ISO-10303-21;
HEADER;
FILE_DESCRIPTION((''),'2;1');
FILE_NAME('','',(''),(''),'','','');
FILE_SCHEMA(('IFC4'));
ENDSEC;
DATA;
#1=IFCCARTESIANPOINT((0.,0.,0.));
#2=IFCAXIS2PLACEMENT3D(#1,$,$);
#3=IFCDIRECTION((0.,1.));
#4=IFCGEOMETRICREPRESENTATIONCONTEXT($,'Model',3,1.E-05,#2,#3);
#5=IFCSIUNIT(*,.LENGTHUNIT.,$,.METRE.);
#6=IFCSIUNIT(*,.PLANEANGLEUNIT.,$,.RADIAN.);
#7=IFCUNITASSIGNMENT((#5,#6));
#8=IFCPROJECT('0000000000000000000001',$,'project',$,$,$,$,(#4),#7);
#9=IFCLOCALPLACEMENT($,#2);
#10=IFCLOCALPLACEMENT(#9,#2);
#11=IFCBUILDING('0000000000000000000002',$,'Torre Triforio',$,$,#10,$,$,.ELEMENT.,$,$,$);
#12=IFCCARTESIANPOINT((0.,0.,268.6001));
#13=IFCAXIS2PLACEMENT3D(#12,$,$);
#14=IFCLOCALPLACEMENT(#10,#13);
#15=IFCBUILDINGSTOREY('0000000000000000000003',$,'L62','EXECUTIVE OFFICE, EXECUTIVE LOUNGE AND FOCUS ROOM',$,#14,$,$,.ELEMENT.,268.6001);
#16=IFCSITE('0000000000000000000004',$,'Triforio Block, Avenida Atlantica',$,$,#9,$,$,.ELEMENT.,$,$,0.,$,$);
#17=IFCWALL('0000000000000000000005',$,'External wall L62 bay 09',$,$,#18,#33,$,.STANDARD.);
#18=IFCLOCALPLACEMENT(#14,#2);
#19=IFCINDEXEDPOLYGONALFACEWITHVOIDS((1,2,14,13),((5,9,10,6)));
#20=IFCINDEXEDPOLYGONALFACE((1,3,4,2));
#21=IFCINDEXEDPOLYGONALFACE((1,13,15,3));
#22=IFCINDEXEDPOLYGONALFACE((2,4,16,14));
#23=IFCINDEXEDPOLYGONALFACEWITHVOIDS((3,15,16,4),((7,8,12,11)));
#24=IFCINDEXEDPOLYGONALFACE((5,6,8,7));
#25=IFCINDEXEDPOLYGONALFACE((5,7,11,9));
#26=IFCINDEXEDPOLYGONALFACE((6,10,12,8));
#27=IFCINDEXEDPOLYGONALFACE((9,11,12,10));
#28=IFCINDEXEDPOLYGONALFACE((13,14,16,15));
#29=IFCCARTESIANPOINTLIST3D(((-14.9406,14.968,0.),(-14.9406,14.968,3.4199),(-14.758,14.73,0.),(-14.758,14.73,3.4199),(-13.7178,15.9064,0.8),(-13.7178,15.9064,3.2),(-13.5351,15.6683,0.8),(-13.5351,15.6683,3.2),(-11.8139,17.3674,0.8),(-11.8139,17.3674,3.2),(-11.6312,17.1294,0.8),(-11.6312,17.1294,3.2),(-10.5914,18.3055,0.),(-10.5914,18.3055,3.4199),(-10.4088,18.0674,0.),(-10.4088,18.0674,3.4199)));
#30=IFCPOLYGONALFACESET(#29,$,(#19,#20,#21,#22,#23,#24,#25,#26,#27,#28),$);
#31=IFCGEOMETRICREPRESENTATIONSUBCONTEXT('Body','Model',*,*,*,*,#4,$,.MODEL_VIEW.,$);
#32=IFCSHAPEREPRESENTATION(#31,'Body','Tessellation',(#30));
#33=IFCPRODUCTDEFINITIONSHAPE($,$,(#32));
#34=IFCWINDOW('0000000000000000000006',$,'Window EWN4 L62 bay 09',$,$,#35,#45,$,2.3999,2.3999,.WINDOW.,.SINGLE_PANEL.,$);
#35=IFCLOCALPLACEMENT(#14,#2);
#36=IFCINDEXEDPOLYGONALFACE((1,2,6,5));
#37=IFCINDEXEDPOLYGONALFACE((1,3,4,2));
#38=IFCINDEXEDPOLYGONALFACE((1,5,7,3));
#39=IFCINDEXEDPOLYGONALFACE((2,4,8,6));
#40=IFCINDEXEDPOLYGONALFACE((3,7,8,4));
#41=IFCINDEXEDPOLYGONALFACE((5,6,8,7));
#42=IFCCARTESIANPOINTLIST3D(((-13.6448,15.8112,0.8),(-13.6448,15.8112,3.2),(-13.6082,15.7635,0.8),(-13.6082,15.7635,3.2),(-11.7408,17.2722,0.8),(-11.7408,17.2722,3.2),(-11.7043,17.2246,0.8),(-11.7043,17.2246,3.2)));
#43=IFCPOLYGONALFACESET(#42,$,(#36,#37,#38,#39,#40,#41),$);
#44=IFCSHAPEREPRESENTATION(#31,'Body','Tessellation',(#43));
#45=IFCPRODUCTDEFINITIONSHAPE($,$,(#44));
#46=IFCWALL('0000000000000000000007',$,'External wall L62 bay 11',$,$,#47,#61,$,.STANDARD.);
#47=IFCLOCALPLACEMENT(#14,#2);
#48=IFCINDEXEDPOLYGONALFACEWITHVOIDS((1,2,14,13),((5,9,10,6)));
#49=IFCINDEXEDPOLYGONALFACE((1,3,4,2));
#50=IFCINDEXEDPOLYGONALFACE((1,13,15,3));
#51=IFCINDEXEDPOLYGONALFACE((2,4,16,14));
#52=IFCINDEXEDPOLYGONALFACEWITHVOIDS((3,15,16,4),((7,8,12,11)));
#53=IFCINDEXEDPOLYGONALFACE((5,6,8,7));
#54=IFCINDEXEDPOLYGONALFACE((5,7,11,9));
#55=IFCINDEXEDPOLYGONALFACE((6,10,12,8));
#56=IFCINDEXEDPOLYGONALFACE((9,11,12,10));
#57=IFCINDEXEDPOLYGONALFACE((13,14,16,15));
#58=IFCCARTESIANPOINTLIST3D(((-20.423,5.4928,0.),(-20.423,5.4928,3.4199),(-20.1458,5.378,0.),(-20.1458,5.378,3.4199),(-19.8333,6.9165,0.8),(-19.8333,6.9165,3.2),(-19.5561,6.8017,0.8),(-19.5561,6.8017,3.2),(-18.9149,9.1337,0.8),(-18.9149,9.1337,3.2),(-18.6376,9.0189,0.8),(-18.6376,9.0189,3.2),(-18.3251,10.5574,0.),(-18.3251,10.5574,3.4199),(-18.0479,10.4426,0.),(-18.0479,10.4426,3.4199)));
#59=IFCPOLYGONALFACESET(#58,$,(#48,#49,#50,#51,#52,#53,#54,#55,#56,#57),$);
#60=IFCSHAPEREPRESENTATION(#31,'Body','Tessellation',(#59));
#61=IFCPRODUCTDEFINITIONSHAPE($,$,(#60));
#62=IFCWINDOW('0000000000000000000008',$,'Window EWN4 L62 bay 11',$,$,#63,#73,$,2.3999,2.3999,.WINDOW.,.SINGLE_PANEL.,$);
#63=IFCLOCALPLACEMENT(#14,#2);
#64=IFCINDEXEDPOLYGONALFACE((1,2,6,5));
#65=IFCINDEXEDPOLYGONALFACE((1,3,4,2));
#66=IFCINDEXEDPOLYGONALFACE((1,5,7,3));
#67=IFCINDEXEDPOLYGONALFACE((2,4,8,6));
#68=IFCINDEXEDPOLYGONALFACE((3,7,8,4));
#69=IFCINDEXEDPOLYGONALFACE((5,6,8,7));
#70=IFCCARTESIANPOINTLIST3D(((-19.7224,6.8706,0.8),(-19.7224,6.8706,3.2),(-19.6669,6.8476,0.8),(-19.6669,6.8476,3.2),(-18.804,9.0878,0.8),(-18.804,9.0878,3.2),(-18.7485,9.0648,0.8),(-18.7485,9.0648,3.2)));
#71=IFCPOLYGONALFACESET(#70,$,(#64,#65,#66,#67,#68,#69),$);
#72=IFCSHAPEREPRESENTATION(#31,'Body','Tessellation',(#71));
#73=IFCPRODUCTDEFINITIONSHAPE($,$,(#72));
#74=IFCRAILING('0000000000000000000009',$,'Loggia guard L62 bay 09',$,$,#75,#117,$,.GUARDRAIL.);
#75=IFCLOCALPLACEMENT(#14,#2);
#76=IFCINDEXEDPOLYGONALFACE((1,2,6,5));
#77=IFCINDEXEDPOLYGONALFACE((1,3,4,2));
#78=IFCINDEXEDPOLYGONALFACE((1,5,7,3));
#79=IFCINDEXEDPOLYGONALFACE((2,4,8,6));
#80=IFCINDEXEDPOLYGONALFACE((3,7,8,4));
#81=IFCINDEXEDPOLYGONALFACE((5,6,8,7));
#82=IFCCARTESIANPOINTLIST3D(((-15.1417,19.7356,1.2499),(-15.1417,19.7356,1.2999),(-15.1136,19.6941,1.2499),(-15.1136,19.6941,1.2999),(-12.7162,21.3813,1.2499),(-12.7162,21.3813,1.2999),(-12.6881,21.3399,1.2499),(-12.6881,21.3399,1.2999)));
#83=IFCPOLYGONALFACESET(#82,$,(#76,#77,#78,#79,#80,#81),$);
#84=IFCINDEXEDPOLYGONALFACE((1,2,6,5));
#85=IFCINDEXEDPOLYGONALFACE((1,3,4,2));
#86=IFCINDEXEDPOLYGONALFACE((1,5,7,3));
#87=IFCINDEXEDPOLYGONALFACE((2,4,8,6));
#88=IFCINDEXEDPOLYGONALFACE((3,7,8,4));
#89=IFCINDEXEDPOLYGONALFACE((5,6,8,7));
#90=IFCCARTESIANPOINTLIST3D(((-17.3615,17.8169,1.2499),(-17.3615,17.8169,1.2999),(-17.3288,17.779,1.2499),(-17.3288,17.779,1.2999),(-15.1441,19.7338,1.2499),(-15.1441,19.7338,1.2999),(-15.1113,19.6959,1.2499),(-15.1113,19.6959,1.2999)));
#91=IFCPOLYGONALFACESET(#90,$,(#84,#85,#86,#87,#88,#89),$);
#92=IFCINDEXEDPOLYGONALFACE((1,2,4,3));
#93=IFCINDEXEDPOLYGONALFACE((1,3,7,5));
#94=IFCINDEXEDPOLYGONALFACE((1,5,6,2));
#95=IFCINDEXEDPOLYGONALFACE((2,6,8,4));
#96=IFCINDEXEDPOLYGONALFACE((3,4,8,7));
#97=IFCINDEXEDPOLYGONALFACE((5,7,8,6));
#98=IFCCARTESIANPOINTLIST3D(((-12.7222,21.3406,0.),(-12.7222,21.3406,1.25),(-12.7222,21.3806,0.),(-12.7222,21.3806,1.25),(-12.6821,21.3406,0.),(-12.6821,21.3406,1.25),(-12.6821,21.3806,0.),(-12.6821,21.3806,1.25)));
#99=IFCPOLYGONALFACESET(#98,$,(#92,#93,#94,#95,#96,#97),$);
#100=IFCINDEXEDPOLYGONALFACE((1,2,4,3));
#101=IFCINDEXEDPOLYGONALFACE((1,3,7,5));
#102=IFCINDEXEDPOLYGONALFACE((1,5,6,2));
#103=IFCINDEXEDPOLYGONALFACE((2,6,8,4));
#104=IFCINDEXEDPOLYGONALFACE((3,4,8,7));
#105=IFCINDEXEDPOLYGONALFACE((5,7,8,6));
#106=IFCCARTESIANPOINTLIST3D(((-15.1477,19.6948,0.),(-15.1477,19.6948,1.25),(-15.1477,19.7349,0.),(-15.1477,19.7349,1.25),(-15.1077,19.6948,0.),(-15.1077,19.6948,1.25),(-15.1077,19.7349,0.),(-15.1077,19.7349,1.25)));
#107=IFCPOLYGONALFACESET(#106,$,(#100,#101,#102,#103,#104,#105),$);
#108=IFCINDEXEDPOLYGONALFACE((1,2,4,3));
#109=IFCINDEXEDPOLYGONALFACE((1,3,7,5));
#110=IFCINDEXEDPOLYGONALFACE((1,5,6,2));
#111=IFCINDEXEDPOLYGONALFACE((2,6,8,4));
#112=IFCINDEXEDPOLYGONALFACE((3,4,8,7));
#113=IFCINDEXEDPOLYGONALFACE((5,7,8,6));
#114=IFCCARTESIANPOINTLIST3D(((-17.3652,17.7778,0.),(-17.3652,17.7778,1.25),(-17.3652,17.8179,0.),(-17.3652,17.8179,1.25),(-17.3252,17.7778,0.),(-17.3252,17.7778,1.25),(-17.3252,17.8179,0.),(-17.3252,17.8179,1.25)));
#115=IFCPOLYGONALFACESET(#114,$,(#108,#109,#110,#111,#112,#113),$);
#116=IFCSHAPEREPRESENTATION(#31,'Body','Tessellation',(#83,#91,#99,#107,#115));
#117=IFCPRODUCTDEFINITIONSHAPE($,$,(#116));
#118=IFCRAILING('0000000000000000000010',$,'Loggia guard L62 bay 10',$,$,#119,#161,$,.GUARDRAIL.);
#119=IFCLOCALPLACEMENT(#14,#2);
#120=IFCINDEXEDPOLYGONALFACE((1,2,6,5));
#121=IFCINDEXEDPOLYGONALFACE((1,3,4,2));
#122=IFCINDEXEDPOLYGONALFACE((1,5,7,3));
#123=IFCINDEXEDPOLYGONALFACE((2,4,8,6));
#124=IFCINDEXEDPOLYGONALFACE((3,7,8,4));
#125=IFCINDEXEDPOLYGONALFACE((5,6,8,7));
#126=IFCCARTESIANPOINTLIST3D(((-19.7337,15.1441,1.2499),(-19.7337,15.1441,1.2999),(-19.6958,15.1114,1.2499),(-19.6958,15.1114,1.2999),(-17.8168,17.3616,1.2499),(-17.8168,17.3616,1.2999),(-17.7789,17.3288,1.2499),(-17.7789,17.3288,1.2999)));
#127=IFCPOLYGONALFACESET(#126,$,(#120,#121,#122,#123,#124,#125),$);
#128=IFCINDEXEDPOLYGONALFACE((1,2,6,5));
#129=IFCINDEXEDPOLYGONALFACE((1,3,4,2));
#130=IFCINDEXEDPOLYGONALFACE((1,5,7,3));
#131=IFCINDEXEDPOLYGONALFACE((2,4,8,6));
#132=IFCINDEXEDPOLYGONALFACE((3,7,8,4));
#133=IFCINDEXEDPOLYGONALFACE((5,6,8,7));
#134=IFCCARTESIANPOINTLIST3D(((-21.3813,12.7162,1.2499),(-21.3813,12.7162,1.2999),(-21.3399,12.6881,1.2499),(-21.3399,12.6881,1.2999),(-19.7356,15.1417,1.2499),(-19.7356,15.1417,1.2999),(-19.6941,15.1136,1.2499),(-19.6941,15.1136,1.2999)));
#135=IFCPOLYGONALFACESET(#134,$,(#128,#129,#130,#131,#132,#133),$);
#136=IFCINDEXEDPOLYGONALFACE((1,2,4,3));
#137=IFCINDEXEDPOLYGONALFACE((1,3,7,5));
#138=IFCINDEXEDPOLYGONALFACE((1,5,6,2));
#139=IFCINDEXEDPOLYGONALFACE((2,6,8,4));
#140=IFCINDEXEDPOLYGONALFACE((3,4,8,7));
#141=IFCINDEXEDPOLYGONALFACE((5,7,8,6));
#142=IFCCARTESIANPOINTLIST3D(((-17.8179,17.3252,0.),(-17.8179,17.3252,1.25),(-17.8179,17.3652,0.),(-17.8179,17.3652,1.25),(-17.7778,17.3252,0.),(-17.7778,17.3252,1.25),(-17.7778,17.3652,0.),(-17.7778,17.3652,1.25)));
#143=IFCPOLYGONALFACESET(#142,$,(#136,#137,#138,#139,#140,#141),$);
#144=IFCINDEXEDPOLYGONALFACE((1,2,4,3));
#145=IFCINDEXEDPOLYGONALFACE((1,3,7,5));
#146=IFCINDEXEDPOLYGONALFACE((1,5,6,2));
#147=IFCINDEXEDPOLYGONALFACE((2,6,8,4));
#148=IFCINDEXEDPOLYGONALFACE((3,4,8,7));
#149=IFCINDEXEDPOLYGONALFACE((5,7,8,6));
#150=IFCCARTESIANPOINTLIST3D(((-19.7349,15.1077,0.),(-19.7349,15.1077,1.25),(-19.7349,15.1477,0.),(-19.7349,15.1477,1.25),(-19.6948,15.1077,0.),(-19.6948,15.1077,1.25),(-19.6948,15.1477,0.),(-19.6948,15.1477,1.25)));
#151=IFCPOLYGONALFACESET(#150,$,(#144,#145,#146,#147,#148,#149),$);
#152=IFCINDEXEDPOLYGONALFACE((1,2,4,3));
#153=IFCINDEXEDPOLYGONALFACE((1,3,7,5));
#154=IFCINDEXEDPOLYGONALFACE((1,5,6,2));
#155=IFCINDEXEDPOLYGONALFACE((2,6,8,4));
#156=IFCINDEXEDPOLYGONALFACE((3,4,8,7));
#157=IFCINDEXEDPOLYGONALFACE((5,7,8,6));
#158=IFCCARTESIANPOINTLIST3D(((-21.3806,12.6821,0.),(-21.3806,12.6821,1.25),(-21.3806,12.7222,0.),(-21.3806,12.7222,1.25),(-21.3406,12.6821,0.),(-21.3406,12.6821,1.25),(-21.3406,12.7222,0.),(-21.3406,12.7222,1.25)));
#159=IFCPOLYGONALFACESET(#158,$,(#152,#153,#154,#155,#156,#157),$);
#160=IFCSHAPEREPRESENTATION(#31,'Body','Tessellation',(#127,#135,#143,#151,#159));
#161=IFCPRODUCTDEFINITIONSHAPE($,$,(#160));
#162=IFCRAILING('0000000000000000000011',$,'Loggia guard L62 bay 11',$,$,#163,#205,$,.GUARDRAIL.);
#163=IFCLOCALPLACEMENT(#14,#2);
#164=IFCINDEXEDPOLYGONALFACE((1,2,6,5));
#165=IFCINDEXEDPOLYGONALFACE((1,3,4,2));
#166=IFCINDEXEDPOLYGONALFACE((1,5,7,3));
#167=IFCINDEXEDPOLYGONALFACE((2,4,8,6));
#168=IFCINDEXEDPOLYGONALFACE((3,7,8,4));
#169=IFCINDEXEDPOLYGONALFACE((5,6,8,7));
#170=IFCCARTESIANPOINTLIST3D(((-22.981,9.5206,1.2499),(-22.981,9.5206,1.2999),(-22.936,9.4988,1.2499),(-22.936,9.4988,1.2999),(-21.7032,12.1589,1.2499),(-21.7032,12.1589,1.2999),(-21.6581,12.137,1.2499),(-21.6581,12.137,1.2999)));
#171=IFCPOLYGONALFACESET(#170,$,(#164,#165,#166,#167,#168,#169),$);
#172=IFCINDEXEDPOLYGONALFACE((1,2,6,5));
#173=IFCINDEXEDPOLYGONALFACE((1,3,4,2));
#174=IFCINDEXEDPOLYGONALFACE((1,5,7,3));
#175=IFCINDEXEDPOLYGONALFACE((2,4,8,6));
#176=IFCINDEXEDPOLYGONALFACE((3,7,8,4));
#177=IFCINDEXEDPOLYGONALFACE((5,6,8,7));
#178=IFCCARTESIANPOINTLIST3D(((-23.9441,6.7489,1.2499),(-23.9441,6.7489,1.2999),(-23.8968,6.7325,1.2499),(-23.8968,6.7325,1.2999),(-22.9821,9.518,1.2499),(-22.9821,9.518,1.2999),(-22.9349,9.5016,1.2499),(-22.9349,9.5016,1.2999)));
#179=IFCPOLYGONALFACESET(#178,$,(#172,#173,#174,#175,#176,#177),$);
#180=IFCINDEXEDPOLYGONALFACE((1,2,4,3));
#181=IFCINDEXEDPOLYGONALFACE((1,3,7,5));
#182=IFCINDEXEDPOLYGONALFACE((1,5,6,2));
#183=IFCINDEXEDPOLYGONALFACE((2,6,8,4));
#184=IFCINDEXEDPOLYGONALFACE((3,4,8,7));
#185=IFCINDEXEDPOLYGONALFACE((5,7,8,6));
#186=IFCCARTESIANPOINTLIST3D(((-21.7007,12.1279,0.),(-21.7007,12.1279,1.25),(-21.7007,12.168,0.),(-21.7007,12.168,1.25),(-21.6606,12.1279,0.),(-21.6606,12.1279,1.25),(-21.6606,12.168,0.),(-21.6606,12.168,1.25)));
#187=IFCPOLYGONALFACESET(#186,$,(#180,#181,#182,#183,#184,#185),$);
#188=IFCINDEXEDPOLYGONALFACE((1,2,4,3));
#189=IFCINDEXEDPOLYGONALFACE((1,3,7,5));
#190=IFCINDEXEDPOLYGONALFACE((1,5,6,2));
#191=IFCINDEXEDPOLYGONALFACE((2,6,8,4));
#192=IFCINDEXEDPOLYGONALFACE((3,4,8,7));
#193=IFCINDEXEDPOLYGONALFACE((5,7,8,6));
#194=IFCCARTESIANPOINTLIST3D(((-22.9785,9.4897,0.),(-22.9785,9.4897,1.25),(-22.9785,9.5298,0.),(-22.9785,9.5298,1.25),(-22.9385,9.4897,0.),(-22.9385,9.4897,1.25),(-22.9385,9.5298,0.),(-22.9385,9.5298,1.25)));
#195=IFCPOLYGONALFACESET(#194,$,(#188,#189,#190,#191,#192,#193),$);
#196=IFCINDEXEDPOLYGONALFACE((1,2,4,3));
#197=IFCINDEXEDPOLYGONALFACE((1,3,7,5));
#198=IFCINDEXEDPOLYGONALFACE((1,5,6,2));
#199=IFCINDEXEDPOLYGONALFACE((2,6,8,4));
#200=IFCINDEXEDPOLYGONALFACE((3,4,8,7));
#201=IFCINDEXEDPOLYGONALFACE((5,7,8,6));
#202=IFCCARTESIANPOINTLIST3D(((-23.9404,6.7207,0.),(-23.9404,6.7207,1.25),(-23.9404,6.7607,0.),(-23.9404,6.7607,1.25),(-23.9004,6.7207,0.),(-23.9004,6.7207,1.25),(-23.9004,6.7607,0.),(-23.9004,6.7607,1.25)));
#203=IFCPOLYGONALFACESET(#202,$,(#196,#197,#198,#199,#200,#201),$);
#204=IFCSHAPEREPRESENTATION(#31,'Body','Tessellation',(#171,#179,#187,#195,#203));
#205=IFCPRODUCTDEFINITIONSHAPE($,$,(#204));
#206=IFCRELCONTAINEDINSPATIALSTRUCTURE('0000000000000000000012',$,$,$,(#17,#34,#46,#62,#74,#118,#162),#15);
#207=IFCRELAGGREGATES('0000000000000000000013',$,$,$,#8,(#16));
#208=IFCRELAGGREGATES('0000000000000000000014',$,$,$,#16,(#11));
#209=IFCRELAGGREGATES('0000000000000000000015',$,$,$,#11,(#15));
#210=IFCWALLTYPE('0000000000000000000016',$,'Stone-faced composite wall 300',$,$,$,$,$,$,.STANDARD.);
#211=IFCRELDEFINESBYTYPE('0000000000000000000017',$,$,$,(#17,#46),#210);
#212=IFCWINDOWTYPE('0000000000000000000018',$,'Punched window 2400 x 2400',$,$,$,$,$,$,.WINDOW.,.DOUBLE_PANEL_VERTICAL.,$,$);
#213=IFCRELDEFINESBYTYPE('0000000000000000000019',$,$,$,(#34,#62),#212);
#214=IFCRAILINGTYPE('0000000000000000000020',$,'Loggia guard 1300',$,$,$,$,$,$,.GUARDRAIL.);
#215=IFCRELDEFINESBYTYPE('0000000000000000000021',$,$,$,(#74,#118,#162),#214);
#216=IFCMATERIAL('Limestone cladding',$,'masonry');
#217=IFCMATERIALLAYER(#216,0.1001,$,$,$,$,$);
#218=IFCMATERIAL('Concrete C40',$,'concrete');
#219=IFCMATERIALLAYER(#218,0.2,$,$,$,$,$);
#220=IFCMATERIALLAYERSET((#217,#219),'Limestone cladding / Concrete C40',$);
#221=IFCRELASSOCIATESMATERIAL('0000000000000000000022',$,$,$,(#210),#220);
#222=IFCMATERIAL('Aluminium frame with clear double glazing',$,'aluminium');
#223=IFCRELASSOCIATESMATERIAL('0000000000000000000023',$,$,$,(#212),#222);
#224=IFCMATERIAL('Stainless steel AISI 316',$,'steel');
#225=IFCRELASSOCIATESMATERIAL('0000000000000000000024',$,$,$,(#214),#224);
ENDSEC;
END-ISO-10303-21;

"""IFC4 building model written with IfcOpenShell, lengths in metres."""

from ifc_helpers import new_model, si_unit, direction, frame, frame_2d, origin, origin_2d, place, context, subcontext, project, spatial, rectangle, extrude, material, layer, layer_set, type_object, element, fill, save


model = new_model("IFC4")

# Units and contexts
model_context = context("Model", 3, precision=1e-05, world=origin(), true_north=direction((0.0, 1.0)))
body_context = subcontext(model_context, "Body", "Model", "MODEL_VIEW")
ifc_project = project(units=[si_unit("LENGTHUNIT", "METRE"), si_unit("PLANEANGLEUNIT", "RADIAN")], contexts=[model_context])

# Site, building, storey
site_placement = place(None, origin())
site = spatial("IfcSite", under=ifc_project, at=site_placement, Name="Triforio Block, Avenida Atlantica", CompositionType="ELEMENT", RefElevation=0.0)
building_placement = place(site_placement, origin())
building = spatial("IfcBuilding", under=site, at=building_placement, Name="Torre Triforio", CompositionType="ELEMENT")
storey_placement = place(building_placement, frame((0.0, 0.0, 268.6001)))
storey = spatial("IfcBuildingStorey", under=building, at=storey_placement, Name="L62", Description="EXECUTIVE OFFICE, EXECUTIVE LOUNGE AND FOCUS ROOM", CompositionType="ELEMENT", Elevation=268.6001)

# Shared definitions
ifc_material_1 = material(Name="Concrete C40", Category="concrete")

# Shared definitions
ifc_material_2 = material(Name="Limestone cladding", Category="masonry")

# Wall, opening, window
ifc_layer_1 = layer(ifc_material_2, 0.1001)
ifc_layer_2 = layer(ifc_material_1, 0.2)
ifc_layer_set_1 = layer_set([ifc_layer_1, ifc_layer_2], Name="Limestone cladding / Concrete C40")
wall_type_1 = type_object("IfcWallType", Name="Stone-faced composite wall 300", PredefinedType="STANDARD", material=ifc_layer_set_1)
wall_1_placement = place(storey_placement, frame((-10.5, 18.1865, 0.0), z_axis=(0.0, 0.0, 1.0), x_axis=(-0.793335, -0.608785, 0.0)))
wall_1 = element("IfcWall", 1, at=wall_1_placement, inside=storey, type_object=wall_type_1, Name="External wall L62 bay 09", PredefinedType="STANDARD", context=body_context, shape_type="SweptSolid", body=[
    extrude(rectangle(XDim=5.4822, YDim=0.3, at=frame_2d((2.7412, 0.0))), origin(), (0.0, 0.0, 1.0), 3.4199),
])
opening_1_placement = place(wall_1_placement, frame((1.541, 0.0, 0.8)))
opening_1 = element("IfcOpeningElement", 2, at=opening_1_placement, cuts=wall_1, PredefinedType="OPENING", context=body_context, shape_type="SweptSolid", body=[
    extrude(rectangle(XDim=2.3999, YDim=2.3999, at=frame_2d((1.2, 1.2))), frame((0.0, 0.1599, 0.0), z_axis=(0.0, -1.0, 0.0), x_axis=(1.0, 0.0, 0.0)), (0.0, 0.0, 1.0), 0.3201),
])
ifc_material_3 = material(Name="Aluminium frame with clear double glazing", Category="aluminium")
window_type_1 = type_object("IfcWindowType", Name="Punched window 2400 x 2400", PartitioningType="DOUBLE_PANEL_VERTICAL", PredefinedType="WINDOW", material=ifc_material_3)
window_1_placement = place(opening_1_placement, origin())
window_1 = element("IfcWindow", 3, at=window_1_placement, inside=storey, type_object=window_type_1, Name="Window EWN4 L62 bay 09", OverallHeight=2.3999, OverallWidth=2.3999, PartitioningType="SINGLE_PANEL", PredefinedType="WINDOW", context=body_context, shape_type="SweptSolid", body=[
    extrude(rectangle(XDim=2.3999, YDim=2.3999, at=frame_2d((1.2, 1.2))), frame((0.0, 0.03, 0.0), z_axis=(0.0, -1.0, 0.0), x_axis=(1.0, 0.0, 0.0)), (0.0, 0.0, 1.0), 0.0601),
])
fill(opening_1, window_1)

# Wall, opening, window
wall_2_placement = place(storey_placement, frame((-18.1865, 10.5, 0.0), z_axis=(0.0, 0.0, 1.0), x_axis=(-0.382689, -0.923877, 0.0)))
wall_2 = element("IfcWall", 4, at=wall_2_placement, inside=storey, type_object=wall_type_1, Name="External wall L62 bay 11", PredefinedType="STANDARD", context=body_context, shape_type="SweptSolid", body=[
    extrude(rectangle(XDim=5.4819, YDim=0.3, at=frame_2d((2.741, 0.0))), origin(), (0.0, 0.0, 1.0), 3.4199),
])
opening_2_placement = place(wall_2_placement, frame((1.541, 0.0, 0.8)))
opening_2 = element("IfcOpeningElement", 5, at=opening_2_placement, cuts=wall_2, PredefinedType="OPENING", context=body_context, shape_type="SweptSolid", body=[
    extrude(rectangle(XDim=2.3999, YDim=2.3999, at=frame_2d((1.2, 1.2))), frame((0.0, 0.1599, 0.0), z_axis=(0.0, -1.0, 0.0), x_axis=(1.0, 0.0, 0.0)), (0.0, 0.0, 1.0), 0.3201),
])
window_2_placement = place(opening_2_placement, origin())
window_2 = element("IfcWindow", 6, at=window_2_placement, inside=storey, type_object=window_type_1, Name="Window EWN4 L62 bay 11", OverallHeight=2.3999, OverallWidth=2.3999, PartitioningType="SINGLE_PANEL", PredefinedType="WINDOW", context=body_context, shape_type="SweptSolid", body=[
    extrude(rectangle(XDim=2.3999, YDim=2.3999, at=frame_2d((1.2, 1.2))), frame((0.0, 0.03, 0.0), z_axis=(0.0, -1.0, 0.0), x_axis=(1.0, 0.0, 0.0)), (0.0, 0.0, 1.0), 0.0601),
])
fill(opening_2, window_2)

# Railings
ifc_material_4 = material(Name="Stainless steel AISI 316", Category="steel")
railing_type = type_object("IfcRailingType", Name="Loggia guard 1300", PredefinedType="GUARDRAIL", material=ifc_material_4)
railing_1_placement = place(storey_placement, frame((-12.7021, 21.3606, 0.0)))
element("IfcRailing", 7, at=railing_1_placement, inside=storey, type_object=railing_type, Name="Loggia guard L62 bay 09", PredefinedType="GUARDRAIL", context=body_context, shape_type="SweptSolid", body=[
    extrude(rectangle(XDim=0.05, YDim=0.05, at=origin_2d()), frame((0.0, 0.0, 1.2749), z_axis=(-0.827499, -0.561467, 0.0), x_axis=(0.561467, -0.827499, 0.0)), (0.0, 0.0, 1.0), 2.9312),
    extrude(rectangle(XDim=0.05, YDim=0.05, at=origin_2d()), frame((-2.4255, -1.6458, 1.2749), z_axis=(-0.75651, -0.653982, 0.0), x_axis=(0.653982, -0.75651, 0.0)), (0.0, 0.0, 1.0), 2.9312),
    extrude(rectangle(XDim=0.04, YDim=0.04, at=origin_2d()), origin(), (0.0, 0.0, 1.0), 1.25),
    extrude(rectangle(XDim=0.04, YDim=0.04, at=origin_2d()), frame((-2.4255, -1.6458, 0.0)), (0.0, 0.0, 1.0), 1.25),
    extrude(rectangle(XDim=0.04, YDim=0.04, at=origin_2d()), frame((-4.6431, -3.5627, 0.0)), (0.0, 0.0, 1.0), 1.25),
])
railing_2_placement = place(storey_placement, frame((-17.7979, 17.3452, 0.0)))
element("IfcRailing", 8, at=railing_2_placement, inside=storey, type_object=railing_type, Name="Loggia guard L62 bay 10", PredefinedType="GUARDRAIL", context=body_context, shape_type="SweptSolid", body=[
    extrude(rectangle(XDim=0.05, YDim=0.05, at=origin_2d()), frame((0.0, 0.0, 1.2749), z_axis=(-0.653982, -0.75651, 0.0), x_axis=(0.75651, -0.653982, 0.0)), (0.0, 0.0, 1.0), 2.9312),
    extrude(rectangle(XDim=0.05, YDim=0.05, at=origin_2d()), frame((-1.917, -2.2175, 1.2749), z_axis=(-0.561467, -0.827499, 0.0), x_axis=(0.827499, -0.561467, 0.0)), (0.0, 0.0, 1.0), 2.9312),
    extrude(rectangle(XDim=0.04, YDim=0.04, at=origin_2d()), origin(), (0.0, 0.0, 1.0), 1.25),
    extrude(rectangle(XDim=0.04, YDim=0.04, at=origin_2d()), frame((-1.917, -2.2175, 0.0)), (0.0, 0.0, 1.0), 1.25),
    extrude(rectangle(XDim=0.04, YDim=0.04, at=origin_2d()), frame((-3.5627, -4.6431, 0.0)), (0.0, 0.0, 1.0), 1.25),
])
railing_3_placement = place(storey_placement, frame((-21.6807, 12.1479, 0.0)))
element("IfcRailing", 9, at=railing_3_placement, inside=storey, type_object=railing_type, Name="Loggia guard L62 bay 11", PredefinedType="GUARDRAIL", context=body_context, shape_type="SweptSolid", body=[
    extrude(rectangle(XDim=0.05, YDim=0.05, at=origin_2d()), frame((0.0, 0.0, 1.2749), z_axis=(-0.435918, -0.899986, 0.0), x_axis=(0.899986, -0.435918, 0.0)), (0.0, 0.0, 1.0), 2.9314),
    extrude(rectangle(XDim=0.05, YDim=0.05, at=origin_2d()), frame((-1.2778, -2.6382, 1.2749), z_axis=(-0.328146, -0.944627, 0.0), x_axis=(0.944627, -0.328146, 0.0)), (0.0, 0.0, 1.0), 2.9314),
    extrude(rectangle(XDim=0.04, YDim=0.04, at=origin_2d()), origin(), (0.0, 0.0, 1.0), 1.25),
    extrude(rectangle(XDim=0.04, YDim=0.04, at=origin_2d()), frame((-1.2778, -2.6382, 0.0)), (0.0, 0.0, 1.0), 1.25),
    extrude(rectangle(XDim=0.04, YDim=0.04, at=origin_2d()), frame((-2.2397, -5.4072, 0.0)), (0.0, 0.0, 1.0), 1.25),
])

save(model, "model.ifc")
